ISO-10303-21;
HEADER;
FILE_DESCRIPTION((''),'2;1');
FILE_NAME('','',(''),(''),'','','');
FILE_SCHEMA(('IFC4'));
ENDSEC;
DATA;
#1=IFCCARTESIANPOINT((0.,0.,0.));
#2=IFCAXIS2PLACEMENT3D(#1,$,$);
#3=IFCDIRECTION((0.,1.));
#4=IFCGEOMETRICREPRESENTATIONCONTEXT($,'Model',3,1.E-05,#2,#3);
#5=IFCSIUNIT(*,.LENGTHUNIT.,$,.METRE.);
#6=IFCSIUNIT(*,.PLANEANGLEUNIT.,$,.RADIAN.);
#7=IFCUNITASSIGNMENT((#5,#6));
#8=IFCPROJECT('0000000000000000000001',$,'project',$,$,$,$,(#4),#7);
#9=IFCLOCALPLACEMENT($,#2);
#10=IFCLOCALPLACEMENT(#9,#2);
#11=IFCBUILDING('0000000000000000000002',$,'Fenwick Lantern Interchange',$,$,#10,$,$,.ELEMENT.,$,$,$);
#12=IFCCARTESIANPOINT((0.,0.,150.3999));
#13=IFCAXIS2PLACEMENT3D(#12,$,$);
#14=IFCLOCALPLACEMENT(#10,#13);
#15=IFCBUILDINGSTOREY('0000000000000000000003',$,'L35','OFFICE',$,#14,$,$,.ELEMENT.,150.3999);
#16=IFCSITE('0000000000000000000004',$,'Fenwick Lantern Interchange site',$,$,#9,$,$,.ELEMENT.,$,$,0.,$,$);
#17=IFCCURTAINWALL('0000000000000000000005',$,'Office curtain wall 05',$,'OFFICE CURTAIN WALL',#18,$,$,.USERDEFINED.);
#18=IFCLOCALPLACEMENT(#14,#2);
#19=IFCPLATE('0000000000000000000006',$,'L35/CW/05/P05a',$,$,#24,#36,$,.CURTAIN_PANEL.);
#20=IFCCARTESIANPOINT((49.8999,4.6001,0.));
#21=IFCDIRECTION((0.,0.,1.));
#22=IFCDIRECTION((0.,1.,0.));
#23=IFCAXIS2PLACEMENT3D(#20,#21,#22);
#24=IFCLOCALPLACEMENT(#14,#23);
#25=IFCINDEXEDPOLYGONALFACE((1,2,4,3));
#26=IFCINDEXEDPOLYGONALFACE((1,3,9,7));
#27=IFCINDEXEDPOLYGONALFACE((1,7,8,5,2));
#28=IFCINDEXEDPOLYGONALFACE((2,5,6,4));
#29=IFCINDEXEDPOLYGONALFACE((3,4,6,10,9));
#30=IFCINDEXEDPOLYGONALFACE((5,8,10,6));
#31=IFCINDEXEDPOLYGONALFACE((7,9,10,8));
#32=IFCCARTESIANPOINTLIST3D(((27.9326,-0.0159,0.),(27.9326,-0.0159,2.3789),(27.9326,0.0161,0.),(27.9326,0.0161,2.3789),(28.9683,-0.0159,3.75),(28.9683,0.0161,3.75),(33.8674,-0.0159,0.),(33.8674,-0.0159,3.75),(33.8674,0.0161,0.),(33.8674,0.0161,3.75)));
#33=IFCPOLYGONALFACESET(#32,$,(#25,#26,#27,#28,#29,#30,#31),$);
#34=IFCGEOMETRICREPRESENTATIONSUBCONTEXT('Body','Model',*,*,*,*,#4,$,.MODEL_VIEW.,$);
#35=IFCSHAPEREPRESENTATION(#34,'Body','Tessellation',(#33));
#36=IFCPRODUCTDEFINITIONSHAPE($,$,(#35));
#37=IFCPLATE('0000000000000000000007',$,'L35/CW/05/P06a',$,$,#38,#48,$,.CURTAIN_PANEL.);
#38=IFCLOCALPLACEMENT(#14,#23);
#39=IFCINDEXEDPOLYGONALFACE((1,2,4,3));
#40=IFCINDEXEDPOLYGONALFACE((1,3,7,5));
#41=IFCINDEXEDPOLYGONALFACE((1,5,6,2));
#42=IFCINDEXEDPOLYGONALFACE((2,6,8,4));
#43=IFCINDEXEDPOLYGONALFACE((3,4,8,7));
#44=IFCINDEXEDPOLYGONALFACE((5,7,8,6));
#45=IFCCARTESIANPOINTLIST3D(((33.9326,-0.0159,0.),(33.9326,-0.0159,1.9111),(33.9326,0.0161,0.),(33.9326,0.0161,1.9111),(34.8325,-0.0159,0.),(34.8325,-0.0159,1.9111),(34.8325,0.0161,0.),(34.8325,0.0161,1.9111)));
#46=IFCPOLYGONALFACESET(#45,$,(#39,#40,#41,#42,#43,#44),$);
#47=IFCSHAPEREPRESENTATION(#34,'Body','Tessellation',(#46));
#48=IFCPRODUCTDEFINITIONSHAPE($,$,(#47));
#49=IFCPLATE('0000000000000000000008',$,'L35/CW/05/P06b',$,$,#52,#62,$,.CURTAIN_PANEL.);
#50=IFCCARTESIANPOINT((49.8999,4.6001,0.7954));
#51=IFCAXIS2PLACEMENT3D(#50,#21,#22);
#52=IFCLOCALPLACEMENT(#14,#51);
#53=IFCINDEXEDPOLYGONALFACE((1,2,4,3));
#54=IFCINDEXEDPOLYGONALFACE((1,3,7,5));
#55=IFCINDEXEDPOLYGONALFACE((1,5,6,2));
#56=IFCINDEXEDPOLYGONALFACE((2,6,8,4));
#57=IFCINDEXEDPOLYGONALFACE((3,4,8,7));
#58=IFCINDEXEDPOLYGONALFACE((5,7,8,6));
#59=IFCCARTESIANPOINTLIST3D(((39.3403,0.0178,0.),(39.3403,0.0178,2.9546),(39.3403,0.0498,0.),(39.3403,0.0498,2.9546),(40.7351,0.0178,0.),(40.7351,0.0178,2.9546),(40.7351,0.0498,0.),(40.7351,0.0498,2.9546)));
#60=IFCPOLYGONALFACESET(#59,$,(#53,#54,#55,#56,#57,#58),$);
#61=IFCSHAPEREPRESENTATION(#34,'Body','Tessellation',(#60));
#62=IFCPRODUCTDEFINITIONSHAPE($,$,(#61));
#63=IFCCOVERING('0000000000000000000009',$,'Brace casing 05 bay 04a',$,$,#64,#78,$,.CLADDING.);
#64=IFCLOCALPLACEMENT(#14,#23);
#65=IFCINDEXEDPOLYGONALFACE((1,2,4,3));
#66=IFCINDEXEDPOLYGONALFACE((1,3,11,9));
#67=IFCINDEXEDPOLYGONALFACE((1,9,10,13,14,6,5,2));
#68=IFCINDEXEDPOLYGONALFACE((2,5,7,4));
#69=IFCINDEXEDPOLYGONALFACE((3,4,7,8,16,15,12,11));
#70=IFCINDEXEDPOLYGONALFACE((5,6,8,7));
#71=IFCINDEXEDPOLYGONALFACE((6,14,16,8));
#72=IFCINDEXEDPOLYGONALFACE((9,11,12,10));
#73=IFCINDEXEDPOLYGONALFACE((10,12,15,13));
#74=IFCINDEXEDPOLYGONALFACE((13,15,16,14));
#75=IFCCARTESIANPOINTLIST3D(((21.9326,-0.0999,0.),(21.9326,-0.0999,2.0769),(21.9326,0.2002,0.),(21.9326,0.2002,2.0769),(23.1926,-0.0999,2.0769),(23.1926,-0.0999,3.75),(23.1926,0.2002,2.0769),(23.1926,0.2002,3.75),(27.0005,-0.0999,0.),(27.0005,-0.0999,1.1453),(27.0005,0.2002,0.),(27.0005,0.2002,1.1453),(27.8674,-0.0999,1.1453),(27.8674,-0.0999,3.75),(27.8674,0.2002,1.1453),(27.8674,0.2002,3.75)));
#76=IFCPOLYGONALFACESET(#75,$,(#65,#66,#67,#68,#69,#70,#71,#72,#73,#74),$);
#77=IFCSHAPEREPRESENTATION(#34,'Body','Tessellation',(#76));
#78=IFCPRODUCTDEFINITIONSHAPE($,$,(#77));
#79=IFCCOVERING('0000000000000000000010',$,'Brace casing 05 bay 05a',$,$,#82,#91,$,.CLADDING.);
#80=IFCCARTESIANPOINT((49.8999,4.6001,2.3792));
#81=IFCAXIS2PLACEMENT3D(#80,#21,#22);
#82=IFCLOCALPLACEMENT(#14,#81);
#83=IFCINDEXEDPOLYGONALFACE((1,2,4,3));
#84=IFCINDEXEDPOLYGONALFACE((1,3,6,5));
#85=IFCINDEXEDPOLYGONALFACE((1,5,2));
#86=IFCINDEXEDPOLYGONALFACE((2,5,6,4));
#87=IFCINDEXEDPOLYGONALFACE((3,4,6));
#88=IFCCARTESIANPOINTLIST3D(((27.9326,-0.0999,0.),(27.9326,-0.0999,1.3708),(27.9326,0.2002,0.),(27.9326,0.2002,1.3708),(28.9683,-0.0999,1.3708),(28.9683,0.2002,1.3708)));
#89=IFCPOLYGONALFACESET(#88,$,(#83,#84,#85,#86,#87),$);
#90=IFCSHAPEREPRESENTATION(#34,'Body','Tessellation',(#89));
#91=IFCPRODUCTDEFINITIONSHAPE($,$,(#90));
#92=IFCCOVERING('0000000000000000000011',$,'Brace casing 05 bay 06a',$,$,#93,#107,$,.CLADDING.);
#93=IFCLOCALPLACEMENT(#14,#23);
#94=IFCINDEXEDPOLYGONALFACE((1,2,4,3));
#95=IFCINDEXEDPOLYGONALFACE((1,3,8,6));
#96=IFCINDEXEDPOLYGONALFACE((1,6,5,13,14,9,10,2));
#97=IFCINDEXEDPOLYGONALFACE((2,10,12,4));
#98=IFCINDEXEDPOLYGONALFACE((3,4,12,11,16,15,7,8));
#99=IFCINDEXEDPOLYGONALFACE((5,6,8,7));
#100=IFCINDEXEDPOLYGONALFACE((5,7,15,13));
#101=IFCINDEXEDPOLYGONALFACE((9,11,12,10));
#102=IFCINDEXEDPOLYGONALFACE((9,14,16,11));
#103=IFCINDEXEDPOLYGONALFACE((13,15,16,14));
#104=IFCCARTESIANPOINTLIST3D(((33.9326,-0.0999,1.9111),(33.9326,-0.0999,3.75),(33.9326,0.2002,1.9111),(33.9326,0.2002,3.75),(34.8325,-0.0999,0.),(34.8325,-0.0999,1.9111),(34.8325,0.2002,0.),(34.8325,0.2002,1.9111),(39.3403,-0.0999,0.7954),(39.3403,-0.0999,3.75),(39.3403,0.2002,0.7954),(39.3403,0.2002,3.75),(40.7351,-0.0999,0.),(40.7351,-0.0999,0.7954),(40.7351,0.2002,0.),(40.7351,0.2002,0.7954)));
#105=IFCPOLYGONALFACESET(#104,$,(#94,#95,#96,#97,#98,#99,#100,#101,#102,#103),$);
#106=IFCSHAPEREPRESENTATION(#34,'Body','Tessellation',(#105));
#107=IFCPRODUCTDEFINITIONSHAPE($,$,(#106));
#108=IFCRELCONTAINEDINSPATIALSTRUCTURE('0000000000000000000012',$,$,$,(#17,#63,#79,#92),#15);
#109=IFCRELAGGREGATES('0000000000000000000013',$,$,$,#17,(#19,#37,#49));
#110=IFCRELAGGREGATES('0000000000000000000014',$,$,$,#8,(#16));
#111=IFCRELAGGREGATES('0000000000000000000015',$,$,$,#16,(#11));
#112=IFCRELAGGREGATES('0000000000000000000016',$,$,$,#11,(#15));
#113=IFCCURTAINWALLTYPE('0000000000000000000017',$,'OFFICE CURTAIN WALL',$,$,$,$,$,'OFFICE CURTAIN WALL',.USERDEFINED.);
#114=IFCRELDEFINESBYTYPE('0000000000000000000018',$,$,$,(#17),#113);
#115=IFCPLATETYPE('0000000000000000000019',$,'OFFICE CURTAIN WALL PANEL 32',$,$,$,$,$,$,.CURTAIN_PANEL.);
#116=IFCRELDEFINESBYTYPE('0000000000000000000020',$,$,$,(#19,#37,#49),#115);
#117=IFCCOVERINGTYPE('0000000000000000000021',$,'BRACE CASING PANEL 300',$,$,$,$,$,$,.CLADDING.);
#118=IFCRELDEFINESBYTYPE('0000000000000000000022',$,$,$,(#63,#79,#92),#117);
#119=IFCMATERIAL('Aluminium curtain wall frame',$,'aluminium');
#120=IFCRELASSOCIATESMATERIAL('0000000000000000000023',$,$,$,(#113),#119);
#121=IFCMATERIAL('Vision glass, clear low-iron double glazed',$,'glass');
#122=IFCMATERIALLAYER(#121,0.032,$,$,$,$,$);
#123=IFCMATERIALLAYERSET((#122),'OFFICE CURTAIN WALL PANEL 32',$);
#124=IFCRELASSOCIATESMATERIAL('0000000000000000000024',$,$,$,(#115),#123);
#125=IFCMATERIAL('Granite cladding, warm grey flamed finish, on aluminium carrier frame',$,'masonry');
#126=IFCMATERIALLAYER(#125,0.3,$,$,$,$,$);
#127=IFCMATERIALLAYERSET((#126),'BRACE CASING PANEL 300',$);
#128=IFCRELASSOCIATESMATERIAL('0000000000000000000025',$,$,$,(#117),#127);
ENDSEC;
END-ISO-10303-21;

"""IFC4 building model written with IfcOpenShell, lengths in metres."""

from ifc_helpers import new_model, si_unit, direction, frame, origin, place, context, subcontext, project, spatial, polyline, outline, extrude, material, layer, layer_set, type_object, element, aggregate, save


model = new_model("IFC4")

# Units and contexts
model_context = context("Model", 3, precision=1e-05, world=origin(), true_north=direction((0.0, 1.0)))
body_context = subcontext(model_context, "Body", "Model", "MODEL_VIEW")
ifc_project = project(units=[si_unit("LENGTHUNIT", "METRE"), si_unit("PLANEANGLEUNIT", "RADIAN")], contexts=[model_context])

# Site, building, storey
site_placement = place(None, origin())
site = spatial("IfcSite", under=ifc_project, at=site_placement, Name="Fenwick Lantern Interchange site", CompositionType="ELEMENT", RefElevation=0.0)
building_placement = place(site_placement, origin())
building = spatial("IfcBuilding", under=site, at=building_placement, Name="Fenwick Lantern Interchange", CompositionType="ELEMENT")
storey_placement = place(building_placement, frame((0.0, 0.0, 150.3999)))
storey = spatial("IfcBuildingStorey", under=building, at=storey_placement, Name="L35", Description="OFFICE", CompositionType="ELEMENT", Elevation=150.3999)

# Curtain wall, plates
ifc_material_1 = material(Name="Aluminium curtain wall frame", Category="aluminium")
curtain_wall_type = type_object("IfcCurtainWallType", Name="OFFICE CURTAIN WALL", ElementType="OFFICE CURTAIN WALL", PredefinedType="USERDEFINED", material=ifc_material_1)
curtain_wall_placement = place(storey_placement, origin())
curtain_wall = element("IfcCurtainWall", 1, at=curtain_wall_placement, inside=storey, type_object=curtain_wall_type, Name="Office curtain wall 05", ObjectType="OFFICE CURTAIN WALL", PredefinedType="USERDEFINED")
ifc_material_2 = material(Name="Vision glass, clear low-iron double glazed", Category="glass")
ifc_layer_1 = layer(ifc_material_2, 0.032)
ifc_layer_set_1 = layer_set([ifc_layer_1], Name="OFFICE CURTAIN WALL PANEL 32")
plate_type = type_object("IfcPlateType", Name="OFFICE CURTAIN WALL PANEL 32", PredefinedType="CURTAIN_PANEL", material=ifc_layer_set_1)
plate_1_placement = place(storey_placement, frame((49.8999, 4.6001, 0.0), z_axis=(0.0, 0.0, 1.0), x_axis=(0.0, 1.0, 0.0)))
plate_1 = element("IfcPlate", 2, at=plate_1_placement, type_object=plate_type, Name="L35/CW/05/P05a", PredefinedType="CURTAIN_PANEL", context=body_context, shape_type="SweptSolid", body=[
    extrude(outline(polyline([(27.9326, 0.0), (33.8674, 0.0), (33.8674, 3.75), (28.9683, 3.75), (27.9326, 2.3789), (27.9326, 0.0)])), frame((0.0, 0.0161, 0.0), z_axis=(0.0, -1.0, 0.0), x_axis=(1.0, 0.0, 0.0)), (0.0, 0.0, 1.0), 0.032),
])
plate_2_placement = place(storey_placement, frame((49.8999, 4.6001, 0.0), z_axis=(0.0, 0.0, 1.0), x_axis=(0.0, 1.0, 0.0)))
plate_2 = element("IfcPlate", 3, at=plate_2_placement, type_object=plate_type, Name="L35/CW/05/P06a", PredefinedType="CURTAIN_PANEL", context=body_context, shape_type="SweptSolid", body=[
    extrude(outline(polyline([(33.9326, 0.0), (34.8325, 0.0), (34.8325, 1.9111), (33.9326, 1.9111), (33.9326, 0.0)])), frame((0.0, 0.0161, 0.0), z_axis=(0.0, -1.0, 0.0), x_axis=(1.0, 0.0, 0.0)), (0.0, 0.0, 1.0), 0.032),
])
plate_3_placement = place(storey_placement, frame((49.8999, 4.6001, 0.7954), z_axis=(0.0, 0.0, 1.0), x_axis=(0.0, 1.0, 0.0)))
plate_3 = element("IfcPlate", 4, at=plate_3_placement, type_object=plate_type, Name="L35/CW/05/P06b", PredefinedType="CURTAIN_PANEL", context=body_context, shape_type="SweptSolid", body=[
    extrude(outline(polyline([(39.3403, 0.0), (40.7351, 0.0), (40.7351, 2.9546), (39.3403, 2.9546), (39.3403, 0.0)])), frame((0.0, 0.0498, 0.0), z_axis=(0.0, -1.0, 0.0), x_axis=(1.0, 0.0, 0.0)), (0.0, 0.0, 1.0), 0.032),
])
aggregate(curtain_wall, [plate_1, plate_2, plate_3])

# Coverings
ifc_material_3 = material(Name="Granite cladding, warm grey flamed finish, on aluminium carrier frame", Category="masonry")
ifc_layer_2 = layer(ifc_material_3, 0.3)
ifc_layer_set_2 = layer_set([ifc_layer_2], Name="BRACE CASING PANEL 300")
covering_type = type_object("IfcCoveringType", Name="BRACE CASING PANEL 300", PredefinedType="CLADDING", material=ifc_layer_set_2)
covering_1_placement = place(storey_placement, frame((49.8999, 4.6001, 0.0), z_axis=(0.0, 0.0, 1.0), x_axis=(0.0, 1.0, 0.0)))
element("IfcCovering", 5, at=covering_1_placement, inside=storey, type_object=covering_type, Name="Brace casing 05 bay 04a", PredefinedType="CLADDING", context=body_context, shape_type="SweptSolid", body=[
    extrude(outline(polyline([(21.9326, 0.0), (27.0005, 0.0), (27.0005, 1.1453), (27.8674, 1.1453), (27.8674, 3.75), (23.1926, 3.75), (23.1926, 2.0769), (21.9326, 2.0769), (21.9326, 0.0)])), frame((0.0, 0.2002, 0.0), z_axis=(0.0, -1.0, 0.0), x_axis=(1.0, 0.0, 0.0)), (0.0, 0.0, 1.0), 0.3),
])
covering_2_placement = place(storey_placement, frame((49.8999, 4.6001, 2.3792), z_axis=(0.0, 0.0, 1.0), x_axis=(0.0, 1.0, 0.0)))
element("IfcCovering", 6, at=covering_2_placement, inside=storey, type_object=covering_type, Name="Brace casing 05 bay 05a", PredefinedType="CLADDING", context=body_context, shape_type="SweptSolid", body=[
    extrude(outline(polyline([(27.9326, 0.0), (28.9683, 1.3708), (27.9326, 1.3708), (27.9326, 0.0)])), frame((0.0, 0.2002, 0.0), z_axis=(0.0, -1.0, 0.0), x_axis=(1.0, 0.0, 0.0)), (0.0, 0.0, 1.0), 0.3),
])
covering_3_placement = place(storey_placement, frame((49.8999, 4.6001, 0.0), z_axis=(0.0, 0.0, 1.0), x_axis=(0.0, 1.0, 0.0)))
element("IfcCovering", 7, at=covering_3_placement, inside=storey, type_object=covering_type, Name="Brace casing 05 bay 06a", PredefinedType="CLADDING", context=body_context, shape_type="SweptSolid", body=[
    extrude(outline(polyline([(34.8325, 0.0), (40.7351, 0.0), (40.7351, 0.7954), (39.3403, 0.7954), (39.3403, 3.75), (33.9326, 3.75), (33.9326, 1.9111), (34.8325, 1.9111), (34.8325, 0.0)])), frame((0.0, 0.2002, 0.0), z_axis=(0.0, -1.0, 0.0), x_axis=(1.0, 0.0, 0.0)), (0.0, 0.0, 1.0), 0.3),
])

save(model, "model.ifc")
